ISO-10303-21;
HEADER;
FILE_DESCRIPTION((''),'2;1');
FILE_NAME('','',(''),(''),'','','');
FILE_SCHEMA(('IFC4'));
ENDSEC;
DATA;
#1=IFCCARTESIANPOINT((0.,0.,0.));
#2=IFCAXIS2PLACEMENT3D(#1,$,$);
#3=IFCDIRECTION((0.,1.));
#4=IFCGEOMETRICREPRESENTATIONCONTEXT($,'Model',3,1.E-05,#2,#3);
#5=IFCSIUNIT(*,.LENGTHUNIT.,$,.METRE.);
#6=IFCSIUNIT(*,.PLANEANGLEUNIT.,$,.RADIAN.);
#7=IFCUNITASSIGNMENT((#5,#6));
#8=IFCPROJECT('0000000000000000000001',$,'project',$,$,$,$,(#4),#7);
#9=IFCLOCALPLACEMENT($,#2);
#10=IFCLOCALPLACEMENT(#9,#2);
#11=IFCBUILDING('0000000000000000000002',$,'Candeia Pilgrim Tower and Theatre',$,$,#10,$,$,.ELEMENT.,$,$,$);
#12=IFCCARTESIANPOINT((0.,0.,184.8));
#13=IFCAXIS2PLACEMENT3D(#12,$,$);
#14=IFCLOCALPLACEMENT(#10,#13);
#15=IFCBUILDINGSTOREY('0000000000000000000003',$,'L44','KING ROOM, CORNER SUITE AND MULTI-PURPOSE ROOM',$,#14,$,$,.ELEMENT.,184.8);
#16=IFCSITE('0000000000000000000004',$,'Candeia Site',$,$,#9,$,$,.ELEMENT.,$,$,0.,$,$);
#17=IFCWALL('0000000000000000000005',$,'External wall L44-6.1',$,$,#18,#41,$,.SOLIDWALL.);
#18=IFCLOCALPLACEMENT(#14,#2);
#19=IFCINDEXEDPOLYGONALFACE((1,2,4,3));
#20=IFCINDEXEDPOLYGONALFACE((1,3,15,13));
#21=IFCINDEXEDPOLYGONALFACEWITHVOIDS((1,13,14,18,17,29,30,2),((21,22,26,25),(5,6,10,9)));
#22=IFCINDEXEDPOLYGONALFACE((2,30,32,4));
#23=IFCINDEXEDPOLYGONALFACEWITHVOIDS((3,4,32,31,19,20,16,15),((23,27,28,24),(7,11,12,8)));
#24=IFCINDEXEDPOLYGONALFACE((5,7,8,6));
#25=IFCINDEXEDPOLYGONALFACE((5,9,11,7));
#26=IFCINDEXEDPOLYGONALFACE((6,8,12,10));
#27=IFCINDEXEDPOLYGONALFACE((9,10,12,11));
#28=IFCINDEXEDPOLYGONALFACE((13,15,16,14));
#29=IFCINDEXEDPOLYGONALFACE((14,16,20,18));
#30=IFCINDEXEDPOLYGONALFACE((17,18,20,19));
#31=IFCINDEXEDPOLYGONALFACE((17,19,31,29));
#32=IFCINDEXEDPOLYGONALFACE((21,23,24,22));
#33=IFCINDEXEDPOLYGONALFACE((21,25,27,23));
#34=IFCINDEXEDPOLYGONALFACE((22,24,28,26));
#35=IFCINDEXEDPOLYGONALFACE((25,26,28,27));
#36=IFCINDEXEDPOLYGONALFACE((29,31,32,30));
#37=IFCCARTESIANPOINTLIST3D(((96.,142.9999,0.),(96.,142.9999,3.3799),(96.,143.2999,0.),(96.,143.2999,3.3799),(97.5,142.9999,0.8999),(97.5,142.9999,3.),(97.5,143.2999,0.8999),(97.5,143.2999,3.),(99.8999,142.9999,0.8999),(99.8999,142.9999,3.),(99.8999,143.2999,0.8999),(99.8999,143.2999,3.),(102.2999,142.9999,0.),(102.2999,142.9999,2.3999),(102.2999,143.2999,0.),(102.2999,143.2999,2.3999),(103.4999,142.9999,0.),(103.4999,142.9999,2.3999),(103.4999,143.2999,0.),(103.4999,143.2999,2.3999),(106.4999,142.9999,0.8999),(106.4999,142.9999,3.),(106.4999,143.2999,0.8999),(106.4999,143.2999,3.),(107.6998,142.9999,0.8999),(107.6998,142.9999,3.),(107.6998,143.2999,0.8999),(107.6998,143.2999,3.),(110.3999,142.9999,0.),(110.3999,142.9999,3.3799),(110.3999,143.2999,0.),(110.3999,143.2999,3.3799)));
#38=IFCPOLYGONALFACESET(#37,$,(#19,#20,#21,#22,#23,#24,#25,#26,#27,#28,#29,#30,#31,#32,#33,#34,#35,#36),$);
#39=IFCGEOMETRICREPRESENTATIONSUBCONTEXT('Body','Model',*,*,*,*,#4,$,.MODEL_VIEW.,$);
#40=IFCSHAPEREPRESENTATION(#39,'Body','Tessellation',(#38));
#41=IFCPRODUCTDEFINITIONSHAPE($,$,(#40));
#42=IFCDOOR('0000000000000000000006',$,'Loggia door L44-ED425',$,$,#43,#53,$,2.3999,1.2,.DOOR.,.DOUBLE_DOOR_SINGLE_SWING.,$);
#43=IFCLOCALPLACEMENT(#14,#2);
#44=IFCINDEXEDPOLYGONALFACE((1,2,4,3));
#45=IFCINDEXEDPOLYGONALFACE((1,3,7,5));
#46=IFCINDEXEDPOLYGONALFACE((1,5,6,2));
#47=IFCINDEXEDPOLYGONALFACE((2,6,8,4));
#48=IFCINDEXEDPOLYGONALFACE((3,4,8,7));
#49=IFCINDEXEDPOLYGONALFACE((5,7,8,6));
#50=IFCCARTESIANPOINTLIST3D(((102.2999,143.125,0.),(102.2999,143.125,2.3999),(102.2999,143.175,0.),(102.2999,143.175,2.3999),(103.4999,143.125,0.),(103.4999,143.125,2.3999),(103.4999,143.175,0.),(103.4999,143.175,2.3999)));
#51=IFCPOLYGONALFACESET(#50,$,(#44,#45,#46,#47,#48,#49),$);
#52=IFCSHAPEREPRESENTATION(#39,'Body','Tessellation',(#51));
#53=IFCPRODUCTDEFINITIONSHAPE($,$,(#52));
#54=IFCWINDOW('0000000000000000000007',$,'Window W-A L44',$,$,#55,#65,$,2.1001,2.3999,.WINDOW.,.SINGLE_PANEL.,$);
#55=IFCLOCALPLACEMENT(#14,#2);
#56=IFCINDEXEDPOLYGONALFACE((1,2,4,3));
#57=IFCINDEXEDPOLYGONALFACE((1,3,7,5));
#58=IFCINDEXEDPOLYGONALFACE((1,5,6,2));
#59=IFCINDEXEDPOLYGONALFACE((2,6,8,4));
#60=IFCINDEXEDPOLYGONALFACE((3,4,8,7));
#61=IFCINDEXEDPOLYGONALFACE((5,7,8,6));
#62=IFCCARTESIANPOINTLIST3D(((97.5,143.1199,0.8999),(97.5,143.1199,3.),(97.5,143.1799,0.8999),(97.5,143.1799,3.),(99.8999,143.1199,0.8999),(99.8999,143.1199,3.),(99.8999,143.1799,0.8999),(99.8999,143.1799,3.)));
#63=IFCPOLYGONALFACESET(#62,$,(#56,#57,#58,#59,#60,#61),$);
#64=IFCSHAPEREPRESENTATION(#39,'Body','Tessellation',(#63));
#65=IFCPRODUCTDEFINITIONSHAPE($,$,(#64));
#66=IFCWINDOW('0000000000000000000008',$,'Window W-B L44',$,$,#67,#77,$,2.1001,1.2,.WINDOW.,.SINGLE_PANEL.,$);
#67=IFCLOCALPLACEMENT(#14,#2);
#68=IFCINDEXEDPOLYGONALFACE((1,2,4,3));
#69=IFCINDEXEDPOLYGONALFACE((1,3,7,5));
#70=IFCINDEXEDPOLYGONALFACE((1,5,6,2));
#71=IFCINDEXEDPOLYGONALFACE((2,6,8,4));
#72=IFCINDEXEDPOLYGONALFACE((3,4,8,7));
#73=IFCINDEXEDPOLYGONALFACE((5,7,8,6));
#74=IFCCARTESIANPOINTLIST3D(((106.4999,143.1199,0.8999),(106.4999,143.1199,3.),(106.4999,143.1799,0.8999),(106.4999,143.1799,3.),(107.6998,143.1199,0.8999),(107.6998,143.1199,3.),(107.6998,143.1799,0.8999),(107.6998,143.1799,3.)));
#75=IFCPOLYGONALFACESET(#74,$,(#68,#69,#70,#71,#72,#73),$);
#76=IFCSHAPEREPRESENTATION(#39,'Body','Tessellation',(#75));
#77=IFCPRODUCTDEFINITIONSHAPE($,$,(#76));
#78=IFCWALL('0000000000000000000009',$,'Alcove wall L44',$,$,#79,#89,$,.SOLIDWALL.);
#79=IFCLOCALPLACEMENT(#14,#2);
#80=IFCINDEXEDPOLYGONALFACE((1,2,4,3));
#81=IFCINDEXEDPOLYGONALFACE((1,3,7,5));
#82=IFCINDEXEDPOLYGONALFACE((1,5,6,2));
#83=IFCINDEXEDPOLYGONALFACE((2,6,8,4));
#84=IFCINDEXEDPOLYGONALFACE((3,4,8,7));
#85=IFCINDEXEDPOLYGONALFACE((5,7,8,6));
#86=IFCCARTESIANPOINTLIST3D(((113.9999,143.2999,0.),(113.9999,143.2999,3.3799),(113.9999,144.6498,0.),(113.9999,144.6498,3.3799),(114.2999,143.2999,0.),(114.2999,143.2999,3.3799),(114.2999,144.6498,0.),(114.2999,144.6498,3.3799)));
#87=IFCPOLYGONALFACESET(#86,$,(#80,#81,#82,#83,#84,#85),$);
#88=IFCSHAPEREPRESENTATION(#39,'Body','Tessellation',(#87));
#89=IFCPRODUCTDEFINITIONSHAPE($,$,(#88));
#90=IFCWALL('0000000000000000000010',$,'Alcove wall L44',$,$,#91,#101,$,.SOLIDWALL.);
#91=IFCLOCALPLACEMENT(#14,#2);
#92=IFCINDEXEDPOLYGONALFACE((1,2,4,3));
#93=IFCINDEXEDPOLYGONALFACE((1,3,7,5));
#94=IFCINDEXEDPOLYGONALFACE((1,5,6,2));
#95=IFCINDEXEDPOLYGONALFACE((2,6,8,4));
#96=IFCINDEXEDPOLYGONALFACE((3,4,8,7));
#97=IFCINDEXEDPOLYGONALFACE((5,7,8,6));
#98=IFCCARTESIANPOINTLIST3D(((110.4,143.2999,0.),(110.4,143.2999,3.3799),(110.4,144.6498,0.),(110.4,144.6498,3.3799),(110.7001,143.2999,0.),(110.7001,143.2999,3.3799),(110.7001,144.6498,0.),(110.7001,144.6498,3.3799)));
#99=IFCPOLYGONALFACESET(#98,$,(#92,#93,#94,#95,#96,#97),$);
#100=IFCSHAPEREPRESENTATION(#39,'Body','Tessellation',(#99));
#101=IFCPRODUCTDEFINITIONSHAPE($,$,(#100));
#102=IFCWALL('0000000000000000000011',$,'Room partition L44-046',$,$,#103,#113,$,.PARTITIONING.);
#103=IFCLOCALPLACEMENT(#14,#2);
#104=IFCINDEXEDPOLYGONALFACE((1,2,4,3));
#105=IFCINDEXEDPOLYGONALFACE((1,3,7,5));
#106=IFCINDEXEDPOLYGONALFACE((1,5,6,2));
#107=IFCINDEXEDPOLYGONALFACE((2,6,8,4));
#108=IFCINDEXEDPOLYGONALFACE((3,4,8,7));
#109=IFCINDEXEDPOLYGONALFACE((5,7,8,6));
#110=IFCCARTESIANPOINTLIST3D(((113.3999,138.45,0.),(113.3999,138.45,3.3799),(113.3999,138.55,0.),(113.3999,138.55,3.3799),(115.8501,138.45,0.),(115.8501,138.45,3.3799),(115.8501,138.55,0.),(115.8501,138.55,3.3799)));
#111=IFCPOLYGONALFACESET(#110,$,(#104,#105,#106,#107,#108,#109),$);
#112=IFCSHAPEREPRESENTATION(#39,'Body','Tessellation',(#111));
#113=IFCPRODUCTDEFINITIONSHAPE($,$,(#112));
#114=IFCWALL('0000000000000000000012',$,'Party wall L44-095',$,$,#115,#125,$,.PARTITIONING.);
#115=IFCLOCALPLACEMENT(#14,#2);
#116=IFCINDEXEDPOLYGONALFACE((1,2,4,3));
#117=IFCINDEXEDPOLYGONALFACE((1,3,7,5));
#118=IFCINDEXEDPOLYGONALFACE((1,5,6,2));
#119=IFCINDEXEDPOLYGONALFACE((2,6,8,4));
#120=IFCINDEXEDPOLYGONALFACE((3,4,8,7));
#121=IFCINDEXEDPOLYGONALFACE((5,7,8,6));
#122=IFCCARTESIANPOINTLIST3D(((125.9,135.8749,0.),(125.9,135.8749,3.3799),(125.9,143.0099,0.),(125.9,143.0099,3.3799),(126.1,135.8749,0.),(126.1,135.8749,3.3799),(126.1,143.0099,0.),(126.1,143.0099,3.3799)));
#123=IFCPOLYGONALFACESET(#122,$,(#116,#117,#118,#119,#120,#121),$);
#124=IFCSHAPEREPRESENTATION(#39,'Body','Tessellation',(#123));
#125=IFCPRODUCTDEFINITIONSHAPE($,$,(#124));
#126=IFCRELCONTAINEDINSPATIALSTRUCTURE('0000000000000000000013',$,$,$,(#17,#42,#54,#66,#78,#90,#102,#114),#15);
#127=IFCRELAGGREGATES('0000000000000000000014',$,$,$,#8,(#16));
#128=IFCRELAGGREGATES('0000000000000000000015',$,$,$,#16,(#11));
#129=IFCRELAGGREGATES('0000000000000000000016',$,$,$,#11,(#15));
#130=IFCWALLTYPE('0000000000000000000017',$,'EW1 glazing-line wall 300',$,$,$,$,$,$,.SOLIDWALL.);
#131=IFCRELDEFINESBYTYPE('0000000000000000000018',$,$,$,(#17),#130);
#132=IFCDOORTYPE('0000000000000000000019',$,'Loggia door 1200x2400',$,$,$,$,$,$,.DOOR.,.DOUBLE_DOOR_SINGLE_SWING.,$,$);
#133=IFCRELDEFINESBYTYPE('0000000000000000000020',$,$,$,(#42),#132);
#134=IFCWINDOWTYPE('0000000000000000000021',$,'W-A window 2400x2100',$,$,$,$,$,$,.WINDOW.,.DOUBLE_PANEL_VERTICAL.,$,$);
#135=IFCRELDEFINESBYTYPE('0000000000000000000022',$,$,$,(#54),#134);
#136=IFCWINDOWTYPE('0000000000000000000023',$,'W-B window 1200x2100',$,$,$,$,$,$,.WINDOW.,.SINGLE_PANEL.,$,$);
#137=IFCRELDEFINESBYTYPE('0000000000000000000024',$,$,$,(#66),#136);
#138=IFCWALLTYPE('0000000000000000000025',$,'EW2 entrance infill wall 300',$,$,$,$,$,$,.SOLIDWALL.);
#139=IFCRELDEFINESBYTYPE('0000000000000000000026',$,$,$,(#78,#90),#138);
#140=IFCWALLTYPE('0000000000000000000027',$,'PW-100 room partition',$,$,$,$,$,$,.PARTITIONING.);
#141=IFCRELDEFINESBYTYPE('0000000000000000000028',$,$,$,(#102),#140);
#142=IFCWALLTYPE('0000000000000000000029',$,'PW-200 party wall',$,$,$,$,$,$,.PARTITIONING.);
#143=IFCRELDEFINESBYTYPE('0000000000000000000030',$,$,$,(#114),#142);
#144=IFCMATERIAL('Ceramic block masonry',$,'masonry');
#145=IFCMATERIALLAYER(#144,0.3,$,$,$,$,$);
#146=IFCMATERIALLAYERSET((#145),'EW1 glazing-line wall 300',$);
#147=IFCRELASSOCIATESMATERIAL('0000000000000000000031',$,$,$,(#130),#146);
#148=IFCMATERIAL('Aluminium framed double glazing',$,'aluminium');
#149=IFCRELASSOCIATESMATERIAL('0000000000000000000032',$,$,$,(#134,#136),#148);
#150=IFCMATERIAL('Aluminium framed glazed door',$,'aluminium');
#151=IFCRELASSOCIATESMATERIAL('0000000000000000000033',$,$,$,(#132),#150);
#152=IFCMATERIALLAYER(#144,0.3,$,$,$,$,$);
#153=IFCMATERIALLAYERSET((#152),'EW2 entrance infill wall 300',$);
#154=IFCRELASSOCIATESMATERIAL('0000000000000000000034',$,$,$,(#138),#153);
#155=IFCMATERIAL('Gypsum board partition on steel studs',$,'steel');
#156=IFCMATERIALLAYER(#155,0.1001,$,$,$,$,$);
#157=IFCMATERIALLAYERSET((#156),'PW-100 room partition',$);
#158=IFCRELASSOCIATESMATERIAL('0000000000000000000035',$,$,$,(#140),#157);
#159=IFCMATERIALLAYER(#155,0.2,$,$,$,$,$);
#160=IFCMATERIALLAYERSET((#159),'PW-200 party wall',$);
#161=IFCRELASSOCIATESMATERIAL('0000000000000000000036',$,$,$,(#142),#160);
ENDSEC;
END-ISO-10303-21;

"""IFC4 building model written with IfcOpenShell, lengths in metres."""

from ifc_helpers import new_model, si_unit, direction, frame, frame_2d, origin, place, context, subcontext, project, spatial, rectangle, extrude, material, layer, layer_set, type_object, element, fill, save


model = new_model("IFC4")

# Units and contexts
model_context = context("Model", 3, precision=1e-05, world=origin(), true_north=direction((0.0, 1.0)))
body_context = subcontext(model_context, "Body", "Model", "MODEL_VIEW")
ifc_project = project(units=[si_unit("LENGTHUNIT", "METRE"), si_unit("PLANEANGLEUNIT", "RADIAN")], contexts=[model_context])

# Site, building, storey
site_placement = place(None, origin())
site = spatial("IfcSite", under=ifc_project, at=site_placement, Name="Candeia Site", CompositionType="ELEMENT", RefElevation=0.0)
building_placement = place(site_placement, origin())
building = spatial("IfcBuilding", under=site, at=building_placement, Name="Candeia Pilgrim Tower and Theatre", CompositionType="ELEMENT")
storey_placement = place(building_placement, frame((0.0, 0.0, 184.8)))
storey = spatial("IfcBuildingStorey", under=building, at=storey_placement, Name="L44", Description="KING ROOM, CORNER SUITE AND MULTI-PURPOSE ROOM", CompositionType="ELEMENT", Elevation=184.8)

# Shared definitions
ifc_material_1 = material(Name="Ceramic block masonry", Category="masonry")
ifc_layer_1 = layer(ifc_material_1, 0.3)
ifc_layer_set_1 = layer_set([ifc_layer_1], Name="EW1 glazing-line wall 300")
wall_type_1 = type_object("IfcWallType", Name="EW1 glazing-line wall 300", PredefinedType="SOLIDWALL", material=ifc_layer_set_1)
ifc_material_2 = material(Name="Aluminium framed double glazing", Category="aluminium")
window_type_1 = type_object("IfcWindowType", Name="W-A window 2400x2100", PartitioningType="DOUBLE_PANEL_VERTICAL", PredefinedType="WINDOW", material=ifc_material_2)

# Wall, openings, door, windows
ifc_material_3 = material(Name="Aluminium framed glazed door", Category="aluminium")
door_type = type_object("IfcDoorType", Name="Loggia door 1200x2400", OperationType="DOUBLE_DOOR_SINGLE_SWING", PredefinedType="DOOR", material=ifc_material_3)
window_type_2 = type_object("IfcWindowType", Name="W-B window 1200x2100", PartitioningType="SINGLE_PANEL", PredefinedType="WINDOW", material=ifc_material_2)
wall_1_placement = place(storey_placement, frame((110.3999, 143.1499, 0.0), z_axis=(0.0, 0.0, 1.0), x_axis=(-1.0, 0.0, 0.0)))
wall_1 = element("IfcWall", 1, at=wall_1_placement, inside=storey, type_object=wall_type_1, Name="External wall L44-6.1", PredefinedType="SOLIDWALL", context=body_context, shape_type="SweptSolid", body=[
    extrude(rectangle(XDim=14.3999, YDim=0.3, at=frame_2d((7.2, 0.0))), origin(), (0.0, 0.0, 1.0), 3.3799),
])
opening_1_placement = place(wall_1_placement, frame((2.7, 0.0, 0.8999)))
opening_1 = element("IfcOpeningElement", 2, at=opening_1_placement, cuts=wall_1, PredefinedType="OPENING", context=body_context, shape_type="SweptSolid", body=[
    extrude(rectangle(XDim=1.2, YDim=2.1001, at=frame_2d((0.6001, 1.05))), frame((0.0, 0.1602, 0.0), z_axis=(0.0, -1.0, 0.0), x_axis=(1.0, 0.0, 0.0)), (0.0, 0.0, 1.0), 0.3201),
])
opening_2_placement = place(wall_1_placement, frame((6.8999, 0.0, 0.0)))
opening_2 = element("IfcOpeningElement", 3, at=opening_2_placement, cuts=wall_1, PredefinedType="OPENING", context=body_context, shape_type="SweptSolid", body=[
    extrude(rectangle(XDim=1.2, YDim=2.3999, at=frame_2d((0.6001, 1.2))), frame((0.0, 0.1602, 0.0), z_axis=(0.0, -1.0, 0.0), x_axis=(1.0, 0.0, 0.0)), (0.0, 0.0, 1.0), 0.3201),
])
opening_3_placement = place(wall_1_placement, frame((10.5, 0.0, 0.8999)))
opening_3 = element("IfcOpeningElement", 4, at=opening_3_placement, cuts=wall_1, PredefinedType="OPENING", context=body_context, shape_type="SweptSolid", body=[
    extrude(rectangle(XDim=2.3999, YDim=2.1001, at=frame_2d((1.2, 1.05))), frame((0.0, 0.1602, 0.0), z_axis=(0.0, -1.0, 0.0), x_axis=(1.0, 0.0, 0.0)), (0.0, 0.0, 1.0), 0.3201),
])
door_1_placement = place(opening_2_placement, origin())
door_1 = element("IfcDoor", 5, at=door_1_placement, inside=storey, type_object=door_type, Name="Loggia door L44-ED425", OperationType="DOUBLE_DOOR_SINGLE_SWING", OverallHeight=2.3999, OverallWidth=1.2, PredefinedType="DOOR", context=body_context, shape_type="SweptSolid", body=[
    extrude(rectangle(XDim=1.2, YDim=2.3999, at=frame_2d((0.6001, 1.2))), frame((0.0, 0.0249, 0.0), z_axis=(0.0, -1.0, 0.0), x_axis=(1.0, 0.0, 0.0)), (0.0, 0.0, 1.0), 0.05),
])
fill(opening_2, door_1)
window_1_placement = place(opening_3_placement, origin())
window_1 = element("IfcWindow", 6, at=window_1_placement, inside=storey, type_object=window_type_1, Name="Window W-A L44", OverallHeight=2.1001, OverallWidth=2.3999, PartitioningType="SINGLE_PANEL", PredefinedType="WINDOW", context=body_context, shape_type="SweptSolid", body=[
    extrude(rectangle(XDim=2.3999, YDim=2.1001, at=frame_2d((1.2, 1.05))), frame((0.0, 0.03, 0.0), z_axis=(0.0, -1.0, 0.0), x_axis=(1.0, 0.0, 0.0)), (0.0, 0.0, 1.0), 0.0601),
])
fill(opening_3, window_1)
window_2_placement = place(opening_1_placement, origin())
window_2 = element("IfcWindow", 7, at=window_2_placement, inside=storey, type_object=window_type_2, Name="Window W-B L44", OverallHeight=2.1001, OverallWidth=1.2, PartitioningType="SINGLE_PANEL", PredefinedType="WINDOW", context=body_context, shape_type="SweptSolid", body=[
    extrude(rectangle(XDim=1.2, YDim=2.1001, at=frame_2d((0.6001, 1.05))), frame((0.0, 0.03, 0.0), z_axis=(0.0, -1.0, 0.0), x_axis=(1.0, 0.0, 0.0)), (0.0, 0.0, 1.0), 0.0601),
])
fill(opening_1, window_2)

# Walls
ifc_layer_2 = layer(ifc_material_1, 0.3)
ifc_layer_set_2 = layer_set([ifc_layer_2], Name="EW2 entrance infill wall 300")
wall_type_2 = type_object("IfcWallType", Name="EW2 entrance infill wall 300", PredefinedType="SOLIDWALL", material=ifc_layer_set_2)
for number, where, z_axis, x_axis, name in (
    (8, (114.1499, 143.3, 0.0), (0.0, 0.0, 1.0), (0.0, 1.0, 0.0), "Alcove wall L44"),
    (9, (110.55, 143.3, 0.0), (0.0, 0.0, 1.0), (0.0, 1.0, 0.0), "Alcove wall L44"),
):
    element("IfcWall", number, at=place(storey_placement, frame(where, z_axis=z_axis, x_axis=x_axis)), inside=storey, type_object=wall_type_2, Name=name, PredefinedType="SOLIDWALL", context=body_context, shape_type="SweptSolid", body=[
        extrude(rectangle(XDim=1.3499, YDim=0.3, at=frame_2d((0.6748, 0.0))), origin(), (0.0, 0.0, 1.0), 3.3799),
    ])

# Walls
ifc_material_4 = material(Name="Gypsum board partition on steel studs", Category="steel")
ifc_layer_3 = layer(ifc_material_4, 0.1001)
ifc_layer_set_3 = layer_set([ifc_layer_3], Name="PW-100 room partition")
wall_type_3 = type_object("IfcWallType", Name="PW-100 room partition", PredefinedType="PARTITIONING", material=ifc_layer_set_3)
wall_2_placement = place(storey_placement, frame((113.3999, 138.5, 0.0), z_axis=(0.0, 0.0, 1.0), x_axis=(1.0, 0.0, 0.0)))
element("IfcWall", 10, at=wall_2_placement, inside=storey, type_object=wall_type_3, Name="Room partition L44-046", PredefinedType="PARTITIONING", context=body_context, shape_type="SweptSolid", body=[
    extrude(rectangle(XDim=2.4502, YDim=0.1001, at=frame_2d((1.2251, 0.0))), origin(), (0.0, 0.0, 1.0), 3.3799),
])
ifc_layer_4 = layer(ifc_material_4, 0.2)
ifc_layer_set_4 = layer_set([ifc_layer_4], Name="PW-200 party wall")
wall_type_4 = type_object("IfcWallType", Name="PW-200 party wall", PredefinedType="PARTITIONING", material=ifc_layer_set_4)
wall_3_placement = place(storey_placement, frame((126.0, 135.875, 0.0), z_axis=(0.0, 0.0, 1.0), x_axis=(0.0, 1.0, 0.0)))
element("IfcWall", 11, at=wall_3_placement, inside=storey, type_object=wall_type_4, Name="Party wall L44-095", PredefinedType="PARTITIONING", context=body_context, shape_type="SweptSolid", body=[
    extrude(rectangle(XDim=7.135, YDim=0.2, at=frame_2d((3.5674, 0.0))), origin(), (0.0, 0.0, 1.0), 3.3799),
])

save(model, "model.ifc")
